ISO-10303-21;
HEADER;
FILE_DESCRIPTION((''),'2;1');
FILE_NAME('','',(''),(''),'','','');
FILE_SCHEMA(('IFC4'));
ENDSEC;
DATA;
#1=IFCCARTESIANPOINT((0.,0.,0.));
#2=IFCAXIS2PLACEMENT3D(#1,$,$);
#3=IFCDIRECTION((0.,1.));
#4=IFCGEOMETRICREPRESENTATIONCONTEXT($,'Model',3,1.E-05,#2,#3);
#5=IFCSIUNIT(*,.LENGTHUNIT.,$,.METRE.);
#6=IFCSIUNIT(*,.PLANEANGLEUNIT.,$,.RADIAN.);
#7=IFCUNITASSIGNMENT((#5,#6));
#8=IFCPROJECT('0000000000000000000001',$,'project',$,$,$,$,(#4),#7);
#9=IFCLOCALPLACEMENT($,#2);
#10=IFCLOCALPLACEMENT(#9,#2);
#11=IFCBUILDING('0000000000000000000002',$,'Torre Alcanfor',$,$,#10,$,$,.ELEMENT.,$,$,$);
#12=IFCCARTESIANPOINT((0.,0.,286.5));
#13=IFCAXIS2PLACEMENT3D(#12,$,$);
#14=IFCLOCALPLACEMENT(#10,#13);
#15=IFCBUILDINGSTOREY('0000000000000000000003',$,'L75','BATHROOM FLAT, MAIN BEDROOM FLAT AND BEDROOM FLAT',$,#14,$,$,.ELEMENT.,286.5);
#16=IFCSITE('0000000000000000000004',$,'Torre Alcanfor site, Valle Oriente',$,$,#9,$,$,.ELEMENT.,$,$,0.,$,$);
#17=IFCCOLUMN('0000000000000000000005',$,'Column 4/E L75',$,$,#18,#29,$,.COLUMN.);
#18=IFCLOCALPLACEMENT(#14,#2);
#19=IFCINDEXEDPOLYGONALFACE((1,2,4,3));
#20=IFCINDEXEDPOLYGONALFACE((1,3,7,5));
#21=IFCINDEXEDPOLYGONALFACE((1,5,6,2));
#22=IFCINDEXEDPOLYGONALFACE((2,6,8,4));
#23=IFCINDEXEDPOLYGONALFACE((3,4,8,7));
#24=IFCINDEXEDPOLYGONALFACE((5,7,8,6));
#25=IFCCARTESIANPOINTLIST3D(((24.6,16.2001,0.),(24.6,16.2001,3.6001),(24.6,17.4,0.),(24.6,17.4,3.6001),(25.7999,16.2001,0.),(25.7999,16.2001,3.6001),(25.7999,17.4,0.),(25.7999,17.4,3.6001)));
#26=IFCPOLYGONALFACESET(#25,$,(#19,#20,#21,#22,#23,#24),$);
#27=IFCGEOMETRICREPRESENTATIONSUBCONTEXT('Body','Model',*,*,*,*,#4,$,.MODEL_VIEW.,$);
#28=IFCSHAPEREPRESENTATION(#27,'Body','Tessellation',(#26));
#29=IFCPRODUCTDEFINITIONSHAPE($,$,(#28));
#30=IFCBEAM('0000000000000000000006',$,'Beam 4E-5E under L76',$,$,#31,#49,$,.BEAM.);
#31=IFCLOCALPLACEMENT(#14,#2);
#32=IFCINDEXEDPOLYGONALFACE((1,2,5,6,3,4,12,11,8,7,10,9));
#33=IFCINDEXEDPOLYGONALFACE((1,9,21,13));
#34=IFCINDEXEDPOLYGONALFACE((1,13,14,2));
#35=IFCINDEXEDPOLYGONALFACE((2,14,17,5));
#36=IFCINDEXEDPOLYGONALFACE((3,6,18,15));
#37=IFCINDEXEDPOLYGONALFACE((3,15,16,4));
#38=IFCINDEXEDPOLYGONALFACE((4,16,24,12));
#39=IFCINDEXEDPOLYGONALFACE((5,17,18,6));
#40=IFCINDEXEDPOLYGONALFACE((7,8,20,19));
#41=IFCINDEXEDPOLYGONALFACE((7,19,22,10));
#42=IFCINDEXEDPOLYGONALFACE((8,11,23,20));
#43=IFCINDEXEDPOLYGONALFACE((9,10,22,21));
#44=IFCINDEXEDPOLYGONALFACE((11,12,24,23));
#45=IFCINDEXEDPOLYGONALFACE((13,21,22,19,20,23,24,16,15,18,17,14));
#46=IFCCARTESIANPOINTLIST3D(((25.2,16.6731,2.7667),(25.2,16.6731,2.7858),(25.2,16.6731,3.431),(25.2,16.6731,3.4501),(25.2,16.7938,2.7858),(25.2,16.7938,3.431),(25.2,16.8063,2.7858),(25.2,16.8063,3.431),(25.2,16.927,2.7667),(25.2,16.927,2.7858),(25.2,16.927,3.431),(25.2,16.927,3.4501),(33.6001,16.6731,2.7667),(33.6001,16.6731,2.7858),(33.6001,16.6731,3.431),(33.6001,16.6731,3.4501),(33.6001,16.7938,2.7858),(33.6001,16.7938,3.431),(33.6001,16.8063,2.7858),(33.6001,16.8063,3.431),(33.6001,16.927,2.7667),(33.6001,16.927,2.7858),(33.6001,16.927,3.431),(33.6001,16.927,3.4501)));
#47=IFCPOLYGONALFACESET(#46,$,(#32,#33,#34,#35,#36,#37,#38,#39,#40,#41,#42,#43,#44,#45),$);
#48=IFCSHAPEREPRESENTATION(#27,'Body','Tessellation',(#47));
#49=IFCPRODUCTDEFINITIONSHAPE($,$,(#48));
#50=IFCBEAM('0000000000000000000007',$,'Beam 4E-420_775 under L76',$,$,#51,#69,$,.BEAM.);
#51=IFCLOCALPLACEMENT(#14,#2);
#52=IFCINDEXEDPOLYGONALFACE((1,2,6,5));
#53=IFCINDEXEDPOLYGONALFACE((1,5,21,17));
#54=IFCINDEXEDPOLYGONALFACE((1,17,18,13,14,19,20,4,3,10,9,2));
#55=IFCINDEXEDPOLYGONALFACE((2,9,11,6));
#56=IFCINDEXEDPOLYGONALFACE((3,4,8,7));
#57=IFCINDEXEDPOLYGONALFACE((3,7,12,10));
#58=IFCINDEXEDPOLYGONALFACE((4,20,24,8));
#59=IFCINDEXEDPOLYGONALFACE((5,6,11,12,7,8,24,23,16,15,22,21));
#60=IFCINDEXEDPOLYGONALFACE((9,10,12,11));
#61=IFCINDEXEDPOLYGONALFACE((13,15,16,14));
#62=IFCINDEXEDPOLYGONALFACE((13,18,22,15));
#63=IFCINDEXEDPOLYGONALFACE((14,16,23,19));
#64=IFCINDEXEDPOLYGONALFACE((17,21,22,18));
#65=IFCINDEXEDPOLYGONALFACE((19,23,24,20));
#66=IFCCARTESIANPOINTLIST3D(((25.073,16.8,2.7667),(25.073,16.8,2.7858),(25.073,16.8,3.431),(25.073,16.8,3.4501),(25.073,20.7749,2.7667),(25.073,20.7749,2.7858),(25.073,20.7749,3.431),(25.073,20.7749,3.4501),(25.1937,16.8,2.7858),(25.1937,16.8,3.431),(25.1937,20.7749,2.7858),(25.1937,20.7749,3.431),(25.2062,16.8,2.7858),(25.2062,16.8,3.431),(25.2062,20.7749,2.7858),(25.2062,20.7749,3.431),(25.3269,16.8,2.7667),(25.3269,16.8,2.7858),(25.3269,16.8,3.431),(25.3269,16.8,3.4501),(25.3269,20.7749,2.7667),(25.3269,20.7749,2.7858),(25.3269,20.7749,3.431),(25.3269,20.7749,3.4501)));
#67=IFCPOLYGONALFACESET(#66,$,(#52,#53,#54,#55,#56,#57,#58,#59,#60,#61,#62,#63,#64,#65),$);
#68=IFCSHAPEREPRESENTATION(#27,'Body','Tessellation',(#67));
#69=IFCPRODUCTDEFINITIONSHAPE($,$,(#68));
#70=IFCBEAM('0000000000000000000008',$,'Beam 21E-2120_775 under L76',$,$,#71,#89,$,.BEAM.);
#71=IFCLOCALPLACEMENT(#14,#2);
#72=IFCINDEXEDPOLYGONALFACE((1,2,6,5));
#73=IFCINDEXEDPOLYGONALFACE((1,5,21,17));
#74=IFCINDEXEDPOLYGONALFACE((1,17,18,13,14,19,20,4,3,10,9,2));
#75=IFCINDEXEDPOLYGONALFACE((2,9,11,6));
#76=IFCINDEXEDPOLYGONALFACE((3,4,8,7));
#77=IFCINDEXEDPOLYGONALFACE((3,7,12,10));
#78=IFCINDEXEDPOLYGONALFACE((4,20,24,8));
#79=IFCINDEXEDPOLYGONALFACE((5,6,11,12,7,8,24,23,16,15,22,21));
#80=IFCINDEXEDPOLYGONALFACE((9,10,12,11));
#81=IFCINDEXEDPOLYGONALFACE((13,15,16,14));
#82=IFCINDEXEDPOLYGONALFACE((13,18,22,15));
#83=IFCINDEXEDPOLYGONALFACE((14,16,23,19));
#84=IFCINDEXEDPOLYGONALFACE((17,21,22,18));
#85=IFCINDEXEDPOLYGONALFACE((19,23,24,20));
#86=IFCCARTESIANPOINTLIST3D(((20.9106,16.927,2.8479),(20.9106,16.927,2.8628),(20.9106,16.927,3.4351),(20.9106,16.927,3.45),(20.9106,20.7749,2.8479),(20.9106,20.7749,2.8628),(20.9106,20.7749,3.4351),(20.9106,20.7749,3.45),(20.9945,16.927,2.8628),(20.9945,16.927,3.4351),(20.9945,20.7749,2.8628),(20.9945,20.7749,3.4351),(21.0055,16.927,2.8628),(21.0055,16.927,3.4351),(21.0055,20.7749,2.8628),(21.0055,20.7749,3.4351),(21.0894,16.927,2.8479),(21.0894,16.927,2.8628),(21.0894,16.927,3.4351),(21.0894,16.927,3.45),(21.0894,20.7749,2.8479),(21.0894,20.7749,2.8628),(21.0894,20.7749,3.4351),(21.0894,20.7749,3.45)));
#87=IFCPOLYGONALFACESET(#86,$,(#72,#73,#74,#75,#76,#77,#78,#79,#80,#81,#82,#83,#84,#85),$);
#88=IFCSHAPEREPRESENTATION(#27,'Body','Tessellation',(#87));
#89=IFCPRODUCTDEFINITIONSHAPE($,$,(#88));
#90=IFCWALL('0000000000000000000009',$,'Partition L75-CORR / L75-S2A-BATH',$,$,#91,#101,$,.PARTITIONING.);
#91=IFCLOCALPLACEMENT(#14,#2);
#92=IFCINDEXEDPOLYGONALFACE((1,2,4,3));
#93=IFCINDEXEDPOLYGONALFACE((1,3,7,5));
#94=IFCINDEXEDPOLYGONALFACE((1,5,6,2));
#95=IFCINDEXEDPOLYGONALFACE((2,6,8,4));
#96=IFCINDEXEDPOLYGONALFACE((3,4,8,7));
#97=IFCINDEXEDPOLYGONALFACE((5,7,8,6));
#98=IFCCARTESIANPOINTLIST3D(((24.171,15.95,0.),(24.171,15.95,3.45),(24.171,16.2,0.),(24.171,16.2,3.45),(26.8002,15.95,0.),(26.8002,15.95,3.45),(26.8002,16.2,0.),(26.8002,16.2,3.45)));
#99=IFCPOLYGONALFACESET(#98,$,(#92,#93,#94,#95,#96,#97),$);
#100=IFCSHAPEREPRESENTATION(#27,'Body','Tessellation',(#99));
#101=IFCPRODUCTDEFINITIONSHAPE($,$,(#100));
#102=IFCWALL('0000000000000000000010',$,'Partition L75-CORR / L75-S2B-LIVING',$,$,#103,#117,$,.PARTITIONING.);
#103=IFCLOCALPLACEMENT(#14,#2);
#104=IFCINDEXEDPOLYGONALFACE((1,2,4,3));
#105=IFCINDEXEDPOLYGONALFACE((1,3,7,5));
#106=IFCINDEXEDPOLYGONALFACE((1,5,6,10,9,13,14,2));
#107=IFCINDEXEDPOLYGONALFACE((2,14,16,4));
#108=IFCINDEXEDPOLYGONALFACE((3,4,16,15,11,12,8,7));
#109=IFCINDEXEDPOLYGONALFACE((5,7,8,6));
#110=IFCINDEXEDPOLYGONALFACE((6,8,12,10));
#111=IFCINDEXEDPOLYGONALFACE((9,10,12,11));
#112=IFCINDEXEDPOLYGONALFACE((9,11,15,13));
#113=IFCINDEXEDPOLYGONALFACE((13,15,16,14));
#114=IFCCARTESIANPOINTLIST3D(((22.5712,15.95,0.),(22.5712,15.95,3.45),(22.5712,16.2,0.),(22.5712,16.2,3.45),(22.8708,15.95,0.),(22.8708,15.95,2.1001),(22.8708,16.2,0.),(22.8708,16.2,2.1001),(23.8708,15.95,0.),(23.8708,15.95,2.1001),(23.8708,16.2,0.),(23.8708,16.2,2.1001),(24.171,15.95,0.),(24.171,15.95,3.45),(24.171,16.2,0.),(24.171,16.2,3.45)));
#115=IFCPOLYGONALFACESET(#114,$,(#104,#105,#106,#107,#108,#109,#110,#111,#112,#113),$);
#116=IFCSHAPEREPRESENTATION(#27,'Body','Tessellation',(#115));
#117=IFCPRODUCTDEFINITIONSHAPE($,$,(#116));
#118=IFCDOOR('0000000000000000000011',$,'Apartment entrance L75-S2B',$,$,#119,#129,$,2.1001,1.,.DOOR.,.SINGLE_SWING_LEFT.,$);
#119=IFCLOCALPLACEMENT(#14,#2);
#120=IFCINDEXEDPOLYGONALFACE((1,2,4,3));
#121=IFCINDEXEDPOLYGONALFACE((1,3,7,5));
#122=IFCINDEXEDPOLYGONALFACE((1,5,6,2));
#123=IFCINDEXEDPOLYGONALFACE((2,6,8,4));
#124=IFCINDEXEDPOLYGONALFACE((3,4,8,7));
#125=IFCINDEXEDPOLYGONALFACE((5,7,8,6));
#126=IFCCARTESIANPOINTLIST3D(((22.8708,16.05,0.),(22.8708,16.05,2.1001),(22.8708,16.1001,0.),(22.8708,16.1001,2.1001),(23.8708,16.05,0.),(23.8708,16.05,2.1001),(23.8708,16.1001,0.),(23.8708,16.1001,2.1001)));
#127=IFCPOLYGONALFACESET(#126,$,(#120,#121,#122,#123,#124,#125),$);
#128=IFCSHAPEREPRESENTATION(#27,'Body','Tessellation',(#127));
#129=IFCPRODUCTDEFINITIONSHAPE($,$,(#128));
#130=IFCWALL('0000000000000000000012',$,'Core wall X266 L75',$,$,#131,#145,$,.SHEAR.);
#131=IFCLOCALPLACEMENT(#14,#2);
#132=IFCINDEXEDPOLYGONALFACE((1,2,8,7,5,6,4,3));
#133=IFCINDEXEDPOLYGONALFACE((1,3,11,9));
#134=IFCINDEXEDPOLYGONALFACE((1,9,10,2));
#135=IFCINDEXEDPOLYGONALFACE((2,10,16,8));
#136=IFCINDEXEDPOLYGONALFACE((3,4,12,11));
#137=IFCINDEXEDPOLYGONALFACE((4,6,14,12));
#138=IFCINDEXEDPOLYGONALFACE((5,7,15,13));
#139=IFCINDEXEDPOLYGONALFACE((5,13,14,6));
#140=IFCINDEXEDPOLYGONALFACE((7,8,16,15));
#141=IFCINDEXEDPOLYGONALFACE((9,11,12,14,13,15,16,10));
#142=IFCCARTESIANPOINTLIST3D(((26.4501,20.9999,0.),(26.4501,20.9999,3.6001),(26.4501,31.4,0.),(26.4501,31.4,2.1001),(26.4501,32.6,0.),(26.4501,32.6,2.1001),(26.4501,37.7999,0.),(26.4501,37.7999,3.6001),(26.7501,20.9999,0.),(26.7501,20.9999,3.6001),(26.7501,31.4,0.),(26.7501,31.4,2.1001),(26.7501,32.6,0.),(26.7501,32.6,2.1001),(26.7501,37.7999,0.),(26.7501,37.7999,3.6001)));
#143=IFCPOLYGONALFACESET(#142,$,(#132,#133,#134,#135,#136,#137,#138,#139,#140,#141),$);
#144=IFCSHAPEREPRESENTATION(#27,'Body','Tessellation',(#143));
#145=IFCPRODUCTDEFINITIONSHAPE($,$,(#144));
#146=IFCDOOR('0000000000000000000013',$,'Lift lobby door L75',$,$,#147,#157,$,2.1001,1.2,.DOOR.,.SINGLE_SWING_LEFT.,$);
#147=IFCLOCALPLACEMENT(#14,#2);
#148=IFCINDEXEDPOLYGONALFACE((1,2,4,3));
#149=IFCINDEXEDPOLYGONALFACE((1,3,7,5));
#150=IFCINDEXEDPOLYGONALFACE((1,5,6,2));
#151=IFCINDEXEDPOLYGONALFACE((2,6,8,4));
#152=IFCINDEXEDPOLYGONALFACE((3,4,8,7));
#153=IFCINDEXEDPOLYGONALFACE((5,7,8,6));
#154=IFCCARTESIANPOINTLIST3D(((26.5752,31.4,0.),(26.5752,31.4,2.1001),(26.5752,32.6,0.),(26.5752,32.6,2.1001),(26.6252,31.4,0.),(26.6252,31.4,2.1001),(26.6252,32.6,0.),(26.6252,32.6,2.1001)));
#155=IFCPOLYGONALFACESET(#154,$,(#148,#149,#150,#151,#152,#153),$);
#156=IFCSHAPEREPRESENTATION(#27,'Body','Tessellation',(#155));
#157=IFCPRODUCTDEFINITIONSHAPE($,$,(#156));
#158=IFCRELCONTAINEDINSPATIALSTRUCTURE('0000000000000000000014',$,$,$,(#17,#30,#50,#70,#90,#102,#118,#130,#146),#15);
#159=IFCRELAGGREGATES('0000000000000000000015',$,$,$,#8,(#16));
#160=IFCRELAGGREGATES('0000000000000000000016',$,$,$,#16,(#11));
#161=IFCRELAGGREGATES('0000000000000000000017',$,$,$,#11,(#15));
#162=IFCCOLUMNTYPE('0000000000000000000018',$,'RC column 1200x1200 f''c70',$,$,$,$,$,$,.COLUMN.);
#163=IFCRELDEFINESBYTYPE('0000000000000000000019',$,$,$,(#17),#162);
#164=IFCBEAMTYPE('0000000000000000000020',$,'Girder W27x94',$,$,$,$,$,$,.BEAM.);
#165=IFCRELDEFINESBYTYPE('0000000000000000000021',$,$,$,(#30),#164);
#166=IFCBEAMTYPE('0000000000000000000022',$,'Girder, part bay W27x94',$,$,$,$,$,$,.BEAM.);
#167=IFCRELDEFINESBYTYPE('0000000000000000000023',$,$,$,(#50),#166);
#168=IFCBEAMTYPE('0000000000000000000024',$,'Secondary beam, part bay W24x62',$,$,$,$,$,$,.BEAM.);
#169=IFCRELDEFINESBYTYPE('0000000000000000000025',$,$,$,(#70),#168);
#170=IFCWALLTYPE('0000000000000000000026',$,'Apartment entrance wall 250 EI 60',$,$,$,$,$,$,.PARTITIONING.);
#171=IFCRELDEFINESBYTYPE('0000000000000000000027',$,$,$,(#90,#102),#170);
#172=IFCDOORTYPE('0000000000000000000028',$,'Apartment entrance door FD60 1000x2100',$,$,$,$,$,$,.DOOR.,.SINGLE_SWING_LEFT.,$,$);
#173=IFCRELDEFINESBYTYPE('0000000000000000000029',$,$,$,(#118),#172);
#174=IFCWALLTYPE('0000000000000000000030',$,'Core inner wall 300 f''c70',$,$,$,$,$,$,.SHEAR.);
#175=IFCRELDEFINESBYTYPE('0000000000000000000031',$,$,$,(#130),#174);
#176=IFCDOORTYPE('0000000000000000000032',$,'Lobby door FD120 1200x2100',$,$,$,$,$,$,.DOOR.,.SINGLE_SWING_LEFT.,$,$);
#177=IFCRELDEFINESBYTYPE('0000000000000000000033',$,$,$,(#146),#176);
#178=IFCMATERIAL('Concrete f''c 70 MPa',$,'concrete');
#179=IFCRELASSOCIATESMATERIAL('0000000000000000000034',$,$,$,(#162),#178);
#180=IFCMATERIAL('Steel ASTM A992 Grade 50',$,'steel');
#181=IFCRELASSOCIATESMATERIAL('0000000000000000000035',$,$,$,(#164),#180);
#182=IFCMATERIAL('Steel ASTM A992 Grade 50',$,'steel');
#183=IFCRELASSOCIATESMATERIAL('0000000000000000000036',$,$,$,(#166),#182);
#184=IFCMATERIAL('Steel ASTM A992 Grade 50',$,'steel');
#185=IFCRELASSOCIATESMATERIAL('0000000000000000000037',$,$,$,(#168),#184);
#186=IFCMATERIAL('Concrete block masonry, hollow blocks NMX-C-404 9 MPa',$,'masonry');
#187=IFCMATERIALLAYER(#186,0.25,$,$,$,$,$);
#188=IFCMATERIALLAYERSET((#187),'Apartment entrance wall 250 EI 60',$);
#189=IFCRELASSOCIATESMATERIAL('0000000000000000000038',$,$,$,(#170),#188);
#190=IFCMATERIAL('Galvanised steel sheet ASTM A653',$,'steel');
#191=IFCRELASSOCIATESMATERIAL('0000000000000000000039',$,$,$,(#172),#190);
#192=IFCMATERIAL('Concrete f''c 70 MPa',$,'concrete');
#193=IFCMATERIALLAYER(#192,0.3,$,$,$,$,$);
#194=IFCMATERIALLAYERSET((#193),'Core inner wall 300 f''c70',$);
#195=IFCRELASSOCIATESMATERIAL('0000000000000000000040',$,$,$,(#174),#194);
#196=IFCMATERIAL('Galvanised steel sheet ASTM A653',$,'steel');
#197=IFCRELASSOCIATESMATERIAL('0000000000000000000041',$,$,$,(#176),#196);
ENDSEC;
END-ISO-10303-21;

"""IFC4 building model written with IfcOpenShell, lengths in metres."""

from ifc_helpers import new_model, si_unit, direction, frame, frame_2d, origin, origin_2d, place, context, subcontext, project, spatial, rectangle, i_section, extrude, material, layer, layer_set, material_profile, profile_set, type_object, element, fill, save


model = new_model("IFC4")

# Units and contexts
model_context = context("Model", 3, precision=1e-05, world=origin(), true_north=direction((0.0, 1.0)))
body_context = subcontext(model_context, "Body", "Model", "MODEL_VIEW")
ifc_project = project(units=[si_unit("LENGTHUNIT", "METRE"), si_unit("PLANEANGLEUNIT", "RADIAN")], contexts=[model_context])

# Site, building, storey
site_placement = place(None, origin())
site = spatial("IfcSite", under=ifc_project, at=site_placement, Name="Torre Alcanfor site, Valle Oriente", CompositionType="ELEMENT", RefElevation=0.0)
building_placement = place(site_placement, origin())
building = spatial("IfcBuilding", under=site, at=building_placement, Name="Torre Alcanfor", CompositionType="ELEMENT")
storey_placement = place(building_placement, frame((0.0, 0.0, 286.5)))
storey = spatial("IfcBuildingStorey", under=building, at=storey_placement, Name="L75", Description="BATHROOM FLAT, MAIN BEDROOM FLAT AND BEDROOM FLAT", CompositionType="ELEMENT", Elevation=286.5)

# Column
ifc_material_1 = material(Name="Concrete f'c 70 MPa", Category="concrete")
ifc_material_profile_1 = material_profile(ifc_material_1, rectangle(XDim=1.2, YDim=1.2, at=origin_2d()), Name="1200x1200")
ifc_profile_set_1 = profile_set([ifc_material_profile_1], Name="Concrete f'c 70 MPa")
column_type = type_object("IfcColumnType", Name="RC column 1200x1200 f'c70", PredefinedType="COLUMN", material=ifc_profile_set_1)
column_placement = place(storey_placement, frame((25.2, 16.8, 0.0), z_axis=(0.0, 0.0, 1.0), x_axis=(1.0, 0.0, 0.0)))
element("IfcColumn", 1, at=column_placement, inside=storey, type_object=column_type, Name="Column 4/E L75", PredefinedType="COLUMN", context=body_context, shape_type="SweptSolid", body=[
    extrude(rectangle(XDim=1.2, YDim=1.2, at=origin_2d()), origin(), (0.0, 0.0, 1.0), 3.6001),
])

# Beams
ifc_material_2 = material(Name="Steel ASTM A992 Grade 50", Category="steel")
ifc_material_profile_2 = material_profile(ifc_material_2, i_section(OverallWidth=0.2539, OverallDepth=0.6833, WebThickness=0.0125, FlangeThickness=0.019, at=origin_2d()), Name="W27x94")
ifc_profile_set_2 = profile_set([ifc_material_profile_2], Name="Steel ASTM A992 Grade 50")
beam_type_1 = type_object("IfcBeamType", Name="Girder W27x94", PredefinedType="BEAM", material=ifc_profile_set_2)
beam_1_placement = place(storey_placement, frame((25.2, 16.8, 3.1084), z_axis=(1.0, 0.0, 0.0), x_axis=(0.0, 1.0, 0.0)))
element("IfcBeam", 2, at=beam_1_placement, inside=storey, type_object=beam_type_1, Name="Beam 4E-5E under L76", PredefinedType="BEAM", context=body_context, shape_type="SweptSolid", body=[
    extrude(i_section(OverallWidth=0.2539, OverallDepth=0.6833, WebThickness=0.0125, FlangeThickness=0.019, at=origin_2d()), origin(), (0.0, 0.0, 1.0), 8.4001),
])
ifc_material_3 = material(Name="Steel ASTM A992 Grade 50", Category="steel")
ifc_material_profile_3 = material_profile(ifc_material_3, i_section(OverallWidth=0.2539, OverallDepth=0.6833, WebThickness=0.0125, FlangeThickness=0.019, at=origin_2d()), Name="W27x94")
ifc_profile_set_3 = profile_set([ifc_material_profile_3], Name="Steel ASTM A992 Grade 50")
beam_type_2 = type_object("IfcBeamType", Name="Girder, part bay W27x94", PredefinedType="BEAM", material=ifc_profile_set_3)
beam_2_placement = place(storey_placement, frame((25.2, 16.8, 3.1084), z_axis=(0.0, 1.0, 0.0), x_axis=(-1.0, 0.0, 0.0)))
element("IfcBeam", 3, at=beam_2_placement, inside=storey, type_object=beam_type_2, Name="Beam 4E-420_775 under L76", PredefinedType="BEAM", context=body_context, shape_type="SweptSolid", body=[
    extrude(i_section(OverallWidth=0.2539, OverallDepth=0.6833, WebThickness=0.0125, FlangeThickness=0.019, at=origin_2d()), origin(), (0.0, 0.0, 1.0), 3.9749),
])
ifc_material_4 = material(Name="Steel ASTM A992 Grade 50", Category="steel")
ifc_material_profile_4 = material_profile(ifc_material_4, i_section(OverallWidth=0.1787, OverallDepth=0.6021, WebThickness=0.011, FlangeThickness=0.0149, at=origin_2d()), Name="W24x62")
ifc_profile_set_4 = profile_set([ifc_material_profile_4], Name="Steel ASTM A992 Grade 50")
beam_type_3 = type_object("IfcBeamType", Name="Secondary beam, part bay W24x62", PredefinedType="BEAM", material=ifc_profile_set_4)
beam_3_placement = place(storey_placement, frame((21.0, 16.927, 3.1489), z_axis=(0.0, 1.0, 0.0), x_axis=(-1.0, 0.0, 0.0)))
element("IfcBeam", 4, at=beam_3_placement, inside=storey, type_object=beam_type_3, Name="Beam 21E-2120_775 under L76", PredefinedType="BEAM", context=body_context, shape_type="SweptSolid", body=[
    extrude(i_section(OverallWidth=0.1787, OverallDepth=0.6021, WebThickness=0.011, FlangeThickness=0.0149, at=origin_2d()), origin(), (0.0, 0.0, 1.0), 3.8479),
])

# Wall
ifc_material_5 = material(Name="Concrete block masonry, hollow blocks NMX-C-404 9 MPa", Category="masonry")
ifc_layer_1 = layer(ifc_material_5, 0.25)
ifc_layer_set_1 = layer_set([ifc_layer_1], Name="Apartment entrance wall 250 EI 60")
wall_type_1 = type_object("IfcWallType", Name="Apartment entrance wall 250 EI 60", PredefinedType="PARTITIONING", material=ifc_layer_set_1)
wall_1_placement = place(storey_placement, frame((26.8, 16.075, 0.0), z_axis=(0.0, 0.0, 1.0), x_axis=(-1.0, 0.0, 0.0)))
element("IfcWall", 5, at=wall_1_placement, inside=storey, type_object=wall_type_1, Name="Partition L75-CORR / L75-S2A-BATH", PredefinedType="PARTITIONING", context=body_context, shape_type="SweptSolid", body=[
    extrude(rectangle(XDim=2.6292, YDim=0.25, at=frame_2d((1.3145, 0.0))), origin(), (0.0, 0.0, 1.0), 3.45),
])

# Walls, openings, doors
wall_2_placement = place(storey_placement, frame((24.1709, 16.075, 0.0), z_axis=(0.0, 0.0, 1.0), x_axis=(-1.0, 0.0, 0.0)))
wall_2 = element("IfcWall", 6, at=wall_2_placement, inside=storey, type_object=wall_type_1, Name="Partition L75-CORR / L75-S2B-LIVING", PredefinedType="PARTITIONING", context=body_context, shape_type="SweptSolid", body=[
    extrude(rectangle(XDim=1.5999, YDim=0.25, at=frame_2d((0.7998, 0.0))), origin(), (0.0, 0.0, 1.0), 3.45),
])
opening_1_placement = place(wall_2_placement, frame((0.3, 0.0, 0.0)))
opening_1 = element("IfcOpeningElement", 7, at=opening_1_placement, cuts=wall_2, PredefinedType="OPENING", context=body_context, shape_type="SweptSolid", body=[
    extrude(rectangle(XDim=1.0, YDim=2.1001, at=frame_2d((0.5, 1.05))), frame((0.0, 0.135, 0.0), z_axis=(0.0, -1.0, 0.0), x_axis=(1.0, 0.0, 0.0)), (0.0, 0.0, 1.0), 0.27),
])
ifc_material_6 = material(Name="Galvanised steel sheet ASTM A653", Category="steel")
door_type_1 = type_object("IfcDoorType", Name="Apartment entrance door FD60 1000x2100", OperationType="SINGLE_SWING_LEFT", PredefinedType="DOOR", material=ifc_material_6)
door_1_placement = place(opening_1_placement, origin())
door_1 = element("IfcDoor", 8, at=door_1_placement, inside=storey, type_object=door_type_1, Name="Apartment entrance L75-S2B", OperationType="SINGLE_SWING_LEFT", OverallHeight=2.1001, OverallWidth=1.0, PredefinedType="DOOR", context=body_context, shape_type="SweptSolid", body=[
    extrude(rectangle(XDim=1.0, YDim=2.1001, at=frame_2d((0.5, 1.05))), frame((0.0, 0.0249, 0.0), z_axis=(0.0, -1.0, 0.0), x_axis=(1.0, 0.0, 0.0)), (0.0, 0.0, 1.0), 0.05),
])
fill(opening_1, door_1)
ifc_material_7 = material(Name="Concrete f'c 70 MPa", Category="concrete")
ifc_layer_2 = layer(ifc_material_7, 0.3)
ifc_layer_set_2 = layer_set([ifc_layer_2], Name="Core inner wall 300 f'c70")
wall_type_2 = type_object("IfcWallType", Name="Core inner wall 300 f'c70", PredefinedType="SHEAR", material=ifc_layer_set_2)
wall_3_placement = place(storey_placement, frame((26.6001, 21.0, 0.0), z_axis=(0.0, 0.0, 1.0), x_axis=(0.0, 1.0, 0.0)))
wall_3 = element("IfcWall", 9, at=wall_3_placement, inside=storey, type_object=wall_type_2, Name="Core wall X266 L75", PredefinedType="SHEAR", context=body_context, shape_type="SweptSolid", body=[
    extrude(rectangle(XDim=16.8, YDim=0.3, at=frame_2d((8.3999, 0.0))), origin(), (0.0, 0.0, 1.0), 3.6001),
])
opening_2_placement = place(wall_3_placement, frame((10.3999, 0.0, 0.0)))
opening_2 = element("IfcOpeningElement", 10, at=opening_2_placement, cuts=wall_3, PredefinedType="OPENING", context=body_context, shape_type="SweptSolid", body=[
    extrude(rectangle(XDim=1.2, YDim=2.1001, at=frame_2d((0.6001, 1.05))), frame((0.0, 0.1599, 0.0), z_axis=(0.0, -1.0, 0.0), x_axis=(1.0, 0.0, 0.0)), (0.0, 0.0, 1.0), 0.3201),
])
ifc_material_8 = material(Name="Galvanised steel sheet ASTM A653", Category="steel")
door_type_2 = type_object("IfcDoorType", Name="Lobby door FD120 1200x2100", OperationType="SINGLE_SWING_LEFT", PredefinedType="DOOR", material=ifc_material_8)
door_2_placement = place(opening_2_placement, origin())
door_2 = element("IfcDoor", 11, at=door_2_placement, inside=storey, type_object=door_type_2, Name="Lift lobby door L75", OperationType="SINGLE_SWING_LEFT", OverallHeight=2.1001, OverallWidth=1.2, PredefinedType="DOOR", context=body_context, shape_type="SweptSolid", body=[
    extrude(rectangle(XDim=1.2, YDim=2.1001, at=frame_2d((0.6001, 1.05))), frame((0.0, 0.0249, 0.0), z_axis=(0.0, -1.0, 0.0), x_axis=(1.0, 0.0, 0.0)), (0.0, 0.0, 1.0), 0.05),
])
fill(opening_2, door_2)

save(model, "model.ifc")
